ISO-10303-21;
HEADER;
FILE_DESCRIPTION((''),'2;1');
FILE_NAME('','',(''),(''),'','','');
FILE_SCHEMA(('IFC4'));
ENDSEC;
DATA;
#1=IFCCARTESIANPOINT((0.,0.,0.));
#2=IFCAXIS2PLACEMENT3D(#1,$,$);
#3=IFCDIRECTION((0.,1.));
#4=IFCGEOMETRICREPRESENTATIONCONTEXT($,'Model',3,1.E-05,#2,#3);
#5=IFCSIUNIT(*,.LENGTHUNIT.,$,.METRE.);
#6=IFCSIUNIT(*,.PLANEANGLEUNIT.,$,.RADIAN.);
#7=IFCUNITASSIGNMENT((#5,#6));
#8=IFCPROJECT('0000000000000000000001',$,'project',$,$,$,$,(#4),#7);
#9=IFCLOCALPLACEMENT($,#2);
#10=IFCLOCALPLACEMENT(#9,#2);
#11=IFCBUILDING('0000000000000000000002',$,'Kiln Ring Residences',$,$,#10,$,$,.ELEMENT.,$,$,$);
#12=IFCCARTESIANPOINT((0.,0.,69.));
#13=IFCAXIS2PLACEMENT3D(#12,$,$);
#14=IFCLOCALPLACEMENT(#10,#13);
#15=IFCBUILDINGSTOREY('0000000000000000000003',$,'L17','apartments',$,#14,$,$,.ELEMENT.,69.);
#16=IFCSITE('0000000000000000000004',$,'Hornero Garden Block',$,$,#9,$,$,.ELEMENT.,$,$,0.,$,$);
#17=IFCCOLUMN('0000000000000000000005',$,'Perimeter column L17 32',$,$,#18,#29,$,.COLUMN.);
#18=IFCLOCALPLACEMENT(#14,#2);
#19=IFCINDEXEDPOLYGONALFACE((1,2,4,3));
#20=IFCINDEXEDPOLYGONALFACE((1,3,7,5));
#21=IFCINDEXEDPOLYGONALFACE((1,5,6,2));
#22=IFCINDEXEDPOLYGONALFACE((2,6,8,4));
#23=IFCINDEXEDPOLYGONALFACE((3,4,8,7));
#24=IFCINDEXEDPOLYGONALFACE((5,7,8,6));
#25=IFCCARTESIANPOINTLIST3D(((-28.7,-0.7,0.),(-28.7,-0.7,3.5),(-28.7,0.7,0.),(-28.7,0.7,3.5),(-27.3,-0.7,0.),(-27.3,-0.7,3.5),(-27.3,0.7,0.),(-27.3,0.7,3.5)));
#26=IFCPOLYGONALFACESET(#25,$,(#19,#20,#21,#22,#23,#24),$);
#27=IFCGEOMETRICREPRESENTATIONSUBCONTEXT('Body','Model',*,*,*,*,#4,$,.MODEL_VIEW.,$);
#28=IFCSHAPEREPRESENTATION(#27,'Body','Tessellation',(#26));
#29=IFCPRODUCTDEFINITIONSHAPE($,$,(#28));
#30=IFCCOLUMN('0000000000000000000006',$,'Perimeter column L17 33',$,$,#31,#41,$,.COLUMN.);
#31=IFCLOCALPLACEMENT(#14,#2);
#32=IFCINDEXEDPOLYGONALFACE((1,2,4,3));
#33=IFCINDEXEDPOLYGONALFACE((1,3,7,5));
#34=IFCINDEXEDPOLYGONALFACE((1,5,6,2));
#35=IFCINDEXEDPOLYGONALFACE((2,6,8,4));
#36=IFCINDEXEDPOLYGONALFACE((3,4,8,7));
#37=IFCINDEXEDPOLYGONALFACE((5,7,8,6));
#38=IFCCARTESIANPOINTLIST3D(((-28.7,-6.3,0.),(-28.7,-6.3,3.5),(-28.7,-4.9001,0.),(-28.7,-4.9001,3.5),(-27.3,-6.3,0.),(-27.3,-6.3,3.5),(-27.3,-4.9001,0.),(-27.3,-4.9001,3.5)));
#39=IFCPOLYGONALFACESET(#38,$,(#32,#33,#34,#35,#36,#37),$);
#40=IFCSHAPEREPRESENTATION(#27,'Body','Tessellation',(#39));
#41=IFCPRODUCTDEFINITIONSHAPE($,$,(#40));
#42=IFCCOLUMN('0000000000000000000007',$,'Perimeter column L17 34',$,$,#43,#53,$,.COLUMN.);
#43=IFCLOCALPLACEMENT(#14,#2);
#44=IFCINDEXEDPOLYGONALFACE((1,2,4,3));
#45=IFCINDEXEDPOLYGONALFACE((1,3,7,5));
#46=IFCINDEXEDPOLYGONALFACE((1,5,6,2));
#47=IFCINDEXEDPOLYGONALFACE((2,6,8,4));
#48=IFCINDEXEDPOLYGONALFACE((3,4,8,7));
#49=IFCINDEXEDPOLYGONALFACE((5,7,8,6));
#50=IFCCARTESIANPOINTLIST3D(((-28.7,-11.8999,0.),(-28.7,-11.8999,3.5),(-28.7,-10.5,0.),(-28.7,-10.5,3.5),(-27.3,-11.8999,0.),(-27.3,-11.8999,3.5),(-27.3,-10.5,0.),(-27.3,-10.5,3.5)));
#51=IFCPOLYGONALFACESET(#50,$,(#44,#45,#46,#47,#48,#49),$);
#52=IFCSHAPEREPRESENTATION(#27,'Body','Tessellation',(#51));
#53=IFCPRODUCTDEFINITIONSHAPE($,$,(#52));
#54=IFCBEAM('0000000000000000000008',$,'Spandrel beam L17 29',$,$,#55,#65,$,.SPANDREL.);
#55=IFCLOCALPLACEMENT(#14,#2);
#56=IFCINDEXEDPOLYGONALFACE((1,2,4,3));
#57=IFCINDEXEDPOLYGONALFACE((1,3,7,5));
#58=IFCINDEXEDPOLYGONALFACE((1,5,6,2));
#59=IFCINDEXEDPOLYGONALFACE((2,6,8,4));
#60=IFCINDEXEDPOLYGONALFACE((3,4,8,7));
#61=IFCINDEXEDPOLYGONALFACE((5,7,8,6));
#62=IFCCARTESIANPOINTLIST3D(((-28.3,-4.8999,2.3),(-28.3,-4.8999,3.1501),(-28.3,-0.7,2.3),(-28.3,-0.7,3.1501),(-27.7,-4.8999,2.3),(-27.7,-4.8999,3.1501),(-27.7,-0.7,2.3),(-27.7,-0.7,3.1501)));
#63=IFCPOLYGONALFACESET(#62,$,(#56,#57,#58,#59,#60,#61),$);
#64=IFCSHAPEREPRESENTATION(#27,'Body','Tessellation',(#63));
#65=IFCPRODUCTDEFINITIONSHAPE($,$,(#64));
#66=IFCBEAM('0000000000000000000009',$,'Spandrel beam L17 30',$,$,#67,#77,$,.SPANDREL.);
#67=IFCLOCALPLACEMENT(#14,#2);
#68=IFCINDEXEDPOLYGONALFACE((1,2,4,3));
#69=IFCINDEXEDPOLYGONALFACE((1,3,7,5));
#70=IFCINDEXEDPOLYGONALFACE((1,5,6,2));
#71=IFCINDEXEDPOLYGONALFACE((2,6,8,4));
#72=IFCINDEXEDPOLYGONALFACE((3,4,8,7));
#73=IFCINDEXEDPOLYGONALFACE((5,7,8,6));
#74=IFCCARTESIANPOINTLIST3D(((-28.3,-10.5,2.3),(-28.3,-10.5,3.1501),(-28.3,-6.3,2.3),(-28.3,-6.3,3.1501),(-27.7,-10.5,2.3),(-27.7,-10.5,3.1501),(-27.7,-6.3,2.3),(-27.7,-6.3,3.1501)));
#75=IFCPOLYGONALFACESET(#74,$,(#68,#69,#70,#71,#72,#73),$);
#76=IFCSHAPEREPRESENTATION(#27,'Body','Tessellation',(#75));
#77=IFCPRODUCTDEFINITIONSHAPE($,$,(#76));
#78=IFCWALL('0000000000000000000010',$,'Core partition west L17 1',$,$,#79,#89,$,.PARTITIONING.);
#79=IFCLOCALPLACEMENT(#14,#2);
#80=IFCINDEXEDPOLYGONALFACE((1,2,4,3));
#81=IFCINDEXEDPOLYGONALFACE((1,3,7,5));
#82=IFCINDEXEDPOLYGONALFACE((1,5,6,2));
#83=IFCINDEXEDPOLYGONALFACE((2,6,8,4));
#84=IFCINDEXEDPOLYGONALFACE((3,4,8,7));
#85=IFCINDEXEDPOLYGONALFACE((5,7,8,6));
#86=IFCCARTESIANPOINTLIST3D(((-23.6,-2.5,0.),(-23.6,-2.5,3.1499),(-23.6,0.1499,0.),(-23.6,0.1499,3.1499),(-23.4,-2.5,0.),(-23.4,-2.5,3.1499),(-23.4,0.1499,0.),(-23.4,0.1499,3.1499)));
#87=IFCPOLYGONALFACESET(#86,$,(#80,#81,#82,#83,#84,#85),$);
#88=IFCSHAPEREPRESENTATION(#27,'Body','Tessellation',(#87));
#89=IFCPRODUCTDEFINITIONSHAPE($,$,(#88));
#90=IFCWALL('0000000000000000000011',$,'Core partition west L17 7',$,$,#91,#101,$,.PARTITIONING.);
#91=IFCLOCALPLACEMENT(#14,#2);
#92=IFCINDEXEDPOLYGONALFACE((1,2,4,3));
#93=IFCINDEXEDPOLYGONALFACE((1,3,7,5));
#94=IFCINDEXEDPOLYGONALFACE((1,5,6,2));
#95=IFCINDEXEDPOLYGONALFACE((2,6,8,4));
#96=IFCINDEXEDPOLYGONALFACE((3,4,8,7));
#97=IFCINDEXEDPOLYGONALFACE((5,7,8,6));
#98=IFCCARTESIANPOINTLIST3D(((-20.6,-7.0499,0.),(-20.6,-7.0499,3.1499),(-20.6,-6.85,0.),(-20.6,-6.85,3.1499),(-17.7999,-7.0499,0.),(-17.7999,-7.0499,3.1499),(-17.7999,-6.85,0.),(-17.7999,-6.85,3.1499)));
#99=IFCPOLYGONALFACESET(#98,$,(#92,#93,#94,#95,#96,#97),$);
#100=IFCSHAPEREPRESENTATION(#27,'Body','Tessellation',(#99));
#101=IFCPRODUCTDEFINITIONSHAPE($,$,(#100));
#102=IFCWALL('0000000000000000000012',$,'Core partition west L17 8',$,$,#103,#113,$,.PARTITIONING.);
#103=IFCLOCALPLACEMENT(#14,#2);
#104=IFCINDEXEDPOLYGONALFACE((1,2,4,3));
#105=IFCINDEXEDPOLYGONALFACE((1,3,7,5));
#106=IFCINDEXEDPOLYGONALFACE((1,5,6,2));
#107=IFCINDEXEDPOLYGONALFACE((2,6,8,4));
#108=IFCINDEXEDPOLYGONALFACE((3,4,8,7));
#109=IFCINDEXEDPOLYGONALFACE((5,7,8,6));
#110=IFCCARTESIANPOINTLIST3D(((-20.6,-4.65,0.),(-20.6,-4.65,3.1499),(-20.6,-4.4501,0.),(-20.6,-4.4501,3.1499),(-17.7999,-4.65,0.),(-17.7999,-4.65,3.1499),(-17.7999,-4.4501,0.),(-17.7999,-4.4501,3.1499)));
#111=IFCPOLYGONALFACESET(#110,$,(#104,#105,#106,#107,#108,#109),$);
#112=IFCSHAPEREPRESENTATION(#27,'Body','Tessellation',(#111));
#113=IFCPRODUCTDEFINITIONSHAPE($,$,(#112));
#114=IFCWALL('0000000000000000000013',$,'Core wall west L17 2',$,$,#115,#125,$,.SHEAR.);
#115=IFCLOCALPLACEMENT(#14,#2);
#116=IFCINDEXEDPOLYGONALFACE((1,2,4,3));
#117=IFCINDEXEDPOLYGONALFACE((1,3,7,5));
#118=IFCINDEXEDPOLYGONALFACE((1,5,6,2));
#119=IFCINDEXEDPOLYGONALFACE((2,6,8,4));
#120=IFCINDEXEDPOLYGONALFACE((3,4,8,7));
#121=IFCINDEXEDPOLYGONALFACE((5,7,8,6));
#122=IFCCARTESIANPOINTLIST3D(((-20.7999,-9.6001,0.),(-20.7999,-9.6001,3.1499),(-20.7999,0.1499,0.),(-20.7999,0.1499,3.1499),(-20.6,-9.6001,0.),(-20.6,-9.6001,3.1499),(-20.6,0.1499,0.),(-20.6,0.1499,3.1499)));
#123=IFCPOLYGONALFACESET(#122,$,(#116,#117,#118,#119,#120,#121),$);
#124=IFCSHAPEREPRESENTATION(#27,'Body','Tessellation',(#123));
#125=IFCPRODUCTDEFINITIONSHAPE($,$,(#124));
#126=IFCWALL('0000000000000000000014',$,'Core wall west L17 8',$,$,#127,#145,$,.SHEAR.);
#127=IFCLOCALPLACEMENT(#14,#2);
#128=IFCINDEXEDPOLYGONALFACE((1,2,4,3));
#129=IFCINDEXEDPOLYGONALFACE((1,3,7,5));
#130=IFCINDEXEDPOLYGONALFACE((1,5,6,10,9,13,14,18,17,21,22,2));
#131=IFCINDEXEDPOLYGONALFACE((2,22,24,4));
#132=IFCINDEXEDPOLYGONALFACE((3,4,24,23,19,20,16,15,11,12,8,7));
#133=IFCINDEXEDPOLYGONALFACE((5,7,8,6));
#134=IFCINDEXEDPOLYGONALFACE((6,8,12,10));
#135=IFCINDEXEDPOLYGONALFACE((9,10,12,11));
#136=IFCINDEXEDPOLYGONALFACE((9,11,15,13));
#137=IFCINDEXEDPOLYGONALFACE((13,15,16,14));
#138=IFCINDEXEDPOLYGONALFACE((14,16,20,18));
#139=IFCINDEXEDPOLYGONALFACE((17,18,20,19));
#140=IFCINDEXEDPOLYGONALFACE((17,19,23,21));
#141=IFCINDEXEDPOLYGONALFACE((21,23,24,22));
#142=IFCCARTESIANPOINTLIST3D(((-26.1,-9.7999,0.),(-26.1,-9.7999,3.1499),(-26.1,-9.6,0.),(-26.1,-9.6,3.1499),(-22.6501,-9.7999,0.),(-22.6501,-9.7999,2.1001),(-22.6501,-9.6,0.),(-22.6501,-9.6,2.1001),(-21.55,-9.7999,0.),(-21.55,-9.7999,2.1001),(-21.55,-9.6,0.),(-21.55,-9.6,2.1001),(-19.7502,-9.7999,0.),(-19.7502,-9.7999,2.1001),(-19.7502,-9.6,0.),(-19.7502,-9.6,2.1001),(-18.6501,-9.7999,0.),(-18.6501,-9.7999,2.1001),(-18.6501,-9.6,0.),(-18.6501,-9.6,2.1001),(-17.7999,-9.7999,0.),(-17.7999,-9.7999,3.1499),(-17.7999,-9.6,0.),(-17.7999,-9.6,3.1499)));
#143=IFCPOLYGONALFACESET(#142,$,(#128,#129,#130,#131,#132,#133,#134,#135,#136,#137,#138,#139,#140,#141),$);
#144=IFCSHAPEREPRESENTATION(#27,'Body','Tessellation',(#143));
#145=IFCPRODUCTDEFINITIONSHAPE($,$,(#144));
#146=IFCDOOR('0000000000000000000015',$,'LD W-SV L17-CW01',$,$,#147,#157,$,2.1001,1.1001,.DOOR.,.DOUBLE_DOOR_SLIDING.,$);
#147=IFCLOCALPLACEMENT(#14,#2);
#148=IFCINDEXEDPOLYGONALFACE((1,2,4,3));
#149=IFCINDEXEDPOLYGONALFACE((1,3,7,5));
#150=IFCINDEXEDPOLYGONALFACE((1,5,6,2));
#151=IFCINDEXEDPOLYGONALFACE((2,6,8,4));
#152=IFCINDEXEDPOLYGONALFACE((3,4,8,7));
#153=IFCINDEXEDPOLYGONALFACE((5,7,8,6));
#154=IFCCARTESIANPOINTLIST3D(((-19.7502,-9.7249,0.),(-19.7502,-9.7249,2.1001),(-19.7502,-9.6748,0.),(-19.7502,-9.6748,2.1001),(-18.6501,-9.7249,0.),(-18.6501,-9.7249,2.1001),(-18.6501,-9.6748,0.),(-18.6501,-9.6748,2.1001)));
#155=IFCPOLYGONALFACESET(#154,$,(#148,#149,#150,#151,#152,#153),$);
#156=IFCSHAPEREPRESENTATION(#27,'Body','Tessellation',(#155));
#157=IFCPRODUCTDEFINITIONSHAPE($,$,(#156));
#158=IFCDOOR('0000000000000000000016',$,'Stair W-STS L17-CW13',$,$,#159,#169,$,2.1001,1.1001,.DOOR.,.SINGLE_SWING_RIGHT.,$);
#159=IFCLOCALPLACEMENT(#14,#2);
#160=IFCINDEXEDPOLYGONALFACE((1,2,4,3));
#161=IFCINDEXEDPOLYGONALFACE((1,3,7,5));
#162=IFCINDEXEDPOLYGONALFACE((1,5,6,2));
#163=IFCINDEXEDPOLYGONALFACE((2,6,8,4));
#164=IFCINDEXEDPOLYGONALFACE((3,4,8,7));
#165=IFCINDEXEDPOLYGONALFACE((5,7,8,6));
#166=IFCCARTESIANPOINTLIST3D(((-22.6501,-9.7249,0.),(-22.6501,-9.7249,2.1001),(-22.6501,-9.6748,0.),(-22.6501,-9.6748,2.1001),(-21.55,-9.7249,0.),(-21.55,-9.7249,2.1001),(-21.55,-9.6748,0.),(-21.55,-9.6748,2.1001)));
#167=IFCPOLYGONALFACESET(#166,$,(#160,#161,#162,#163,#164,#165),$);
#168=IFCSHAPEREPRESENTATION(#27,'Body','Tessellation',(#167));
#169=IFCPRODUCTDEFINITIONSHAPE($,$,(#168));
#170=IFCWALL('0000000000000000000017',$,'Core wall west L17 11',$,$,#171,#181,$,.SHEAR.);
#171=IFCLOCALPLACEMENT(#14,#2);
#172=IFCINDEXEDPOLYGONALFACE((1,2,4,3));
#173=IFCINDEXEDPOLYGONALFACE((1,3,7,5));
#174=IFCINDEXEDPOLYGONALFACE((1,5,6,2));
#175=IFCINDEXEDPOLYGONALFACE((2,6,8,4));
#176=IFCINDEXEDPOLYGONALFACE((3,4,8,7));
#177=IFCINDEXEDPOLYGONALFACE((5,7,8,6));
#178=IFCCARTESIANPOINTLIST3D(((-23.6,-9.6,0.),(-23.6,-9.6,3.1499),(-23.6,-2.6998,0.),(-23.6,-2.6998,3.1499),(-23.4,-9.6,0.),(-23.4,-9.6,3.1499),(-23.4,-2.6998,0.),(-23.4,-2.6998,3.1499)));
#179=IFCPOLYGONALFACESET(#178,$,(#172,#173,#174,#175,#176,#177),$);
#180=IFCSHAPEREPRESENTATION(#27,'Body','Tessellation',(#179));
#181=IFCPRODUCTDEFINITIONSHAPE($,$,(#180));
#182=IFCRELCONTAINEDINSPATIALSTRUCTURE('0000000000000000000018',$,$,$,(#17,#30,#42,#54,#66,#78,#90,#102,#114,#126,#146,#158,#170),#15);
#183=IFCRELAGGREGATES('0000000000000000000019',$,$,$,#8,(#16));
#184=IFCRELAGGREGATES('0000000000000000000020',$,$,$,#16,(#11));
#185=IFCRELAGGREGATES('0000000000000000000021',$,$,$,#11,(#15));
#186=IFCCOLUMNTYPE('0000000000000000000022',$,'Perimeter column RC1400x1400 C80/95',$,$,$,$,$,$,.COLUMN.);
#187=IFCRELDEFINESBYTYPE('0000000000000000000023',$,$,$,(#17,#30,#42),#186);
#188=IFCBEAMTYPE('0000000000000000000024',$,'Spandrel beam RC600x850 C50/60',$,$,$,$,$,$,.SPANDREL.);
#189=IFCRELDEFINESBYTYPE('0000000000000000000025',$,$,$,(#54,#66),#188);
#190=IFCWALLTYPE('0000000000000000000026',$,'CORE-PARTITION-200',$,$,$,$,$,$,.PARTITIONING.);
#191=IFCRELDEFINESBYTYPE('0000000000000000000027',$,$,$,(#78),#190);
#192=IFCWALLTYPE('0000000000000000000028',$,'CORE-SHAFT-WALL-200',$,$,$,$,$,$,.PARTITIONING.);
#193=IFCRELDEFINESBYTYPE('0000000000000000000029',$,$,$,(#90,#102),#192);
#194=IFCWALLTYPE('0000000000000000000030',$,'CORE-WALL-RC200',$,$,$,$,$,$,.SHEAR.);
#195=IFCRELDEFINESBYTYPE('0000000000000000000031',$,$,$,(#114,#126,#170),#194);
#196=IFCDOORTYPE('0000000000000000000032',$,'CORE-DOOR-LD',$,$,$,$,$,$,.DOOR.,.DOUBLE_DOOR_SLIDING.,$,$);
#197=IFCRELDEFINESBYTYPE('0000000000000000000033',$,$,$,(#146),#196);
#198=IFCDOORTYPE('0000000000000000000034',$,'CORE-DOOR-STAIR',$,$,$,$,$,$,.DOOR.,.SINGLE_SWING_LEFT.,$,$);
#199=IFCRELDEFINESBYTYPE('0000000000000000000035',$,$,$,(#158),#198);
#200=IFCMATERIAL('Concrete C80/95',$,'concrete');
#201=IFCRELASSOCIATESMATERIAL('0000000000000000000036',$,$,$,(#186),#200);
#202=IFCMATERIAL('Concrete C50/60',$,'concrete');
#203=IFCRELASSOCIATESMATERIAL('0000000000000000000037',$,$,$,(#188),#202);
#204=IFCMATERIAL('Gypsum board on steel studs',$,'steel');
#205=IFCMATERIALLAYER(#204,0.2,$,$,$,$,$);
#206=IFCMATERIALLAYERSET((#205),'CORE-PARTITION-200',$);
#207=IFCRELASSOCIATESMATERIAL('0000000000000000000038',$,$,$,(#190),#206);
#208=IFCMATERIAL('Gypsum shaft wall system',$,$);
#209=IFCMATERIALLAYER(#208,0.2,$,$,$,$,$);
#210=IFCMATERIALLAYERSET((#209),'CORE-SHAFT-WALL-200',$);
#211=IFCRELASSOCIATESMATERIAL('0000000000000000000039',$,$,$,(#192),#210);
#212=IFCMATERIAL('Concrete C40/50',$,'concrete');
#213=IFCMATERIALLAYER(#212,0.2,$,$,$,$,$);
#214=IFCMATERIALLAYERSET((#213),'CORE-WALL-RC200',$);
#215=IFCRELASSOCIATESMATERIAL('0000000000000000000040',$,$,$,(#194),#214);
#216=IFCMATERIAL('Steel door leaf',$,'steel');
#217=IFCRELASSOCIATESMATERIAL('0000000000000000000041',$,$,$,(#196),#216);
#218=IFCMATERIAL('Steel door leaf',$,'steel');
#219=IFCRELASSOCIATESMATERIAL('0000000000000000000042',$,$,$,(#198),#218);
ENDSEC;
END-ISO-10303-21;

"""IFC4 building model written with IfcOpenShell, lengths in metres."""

from ifc_helpers import new_model, si_unit, direction, frame, frame_2d, origin, origin_2d, place, context, subcontext, project, spatial, rectangle, extrude, material, layer, layer_set, material_profile, profile_set, type_object, element, fill, save


model = new_model("IFC4")

# Units and contexts
model_context = context("Model", 3, precision=1e-05, world=origin(), true_north=direction((0.0, 1.0)))
body_context = subcontext(model_context, "Body", "Model", "MODEL_VIEW")
ifc_project = project(units=[si_unit("LENGTHUNIT", "METRE"), si_unit("PLANEANGLEUNIT", "RADIAN")], contexts=[model_context])

# Site, building, storey
site_placement = place(None, origin())
site = spatial("IfcSite", under=ifc_project, at=site_placement, Name="Hornero Garden Block", CompositionType="ELEMENT", RefElevation=0.0)
building_placement = place(site_placement, origin())
building = spatial("IfcBuilding", under=site, at=building_placement, Name="Kiln Ring Residences", CompositionType="ELEMENT")
storey_placement = place(building_placement, frame((0.0, 0.0, 69.0)))
storey = spatial("IfcBuildingStorey", under=building, at=storey_placement, Name="L17", Description="apartments", CompositionType="ELEMENT", Elevation=69.0)

# Columns
ifc_material_1 = material(Name="Concrete C80/95", Category="concrete")
ifc_material_profile_1 = material_profile(ifc_material_1, rectangle(XDim=1.3999, YDim=1.3999, at=origin_2d()), Name="RC1400x1400")
ifc_profile_set_1 = profile_set([ifc_material_profile_1], Name="Concrete C80/95")
column_type = type_object("IfcColumnType", Name="Perimeter column RC1400x1400 C80/95", PredefinedType="COLUMN", material=ifc_profile_set_1)
for number, where, z_axis, x_axis, name in (
    (1, (-28.0, 0.0, 0.0), (0.0, 0.0, 1.0), (1.0, 0.0, 0.0), "Perimeter column L17 32"),
    (2, (-28.0, -5.6001, 0.0), (0.0, 0.0, 1.0), (1.0, 0.0, 0.0), "Perimeter column L17 33"),
    (3, (-28.0, -11.2, 0.0), (0.0, 0.0, 1.0), (1.0, 0.0, 0.0), "Perimeter column L17 34"),
):
    element("IfcColumn", number, at=place(storey_placement, frame(where, z_axis=z_axis, x_axis=x_axis)), inside=storey, type_object=column_type, Name=name, PredefinedType="COLUMN", context=body_context, shape_type="SweptSolid", body=[
        extrude(rectangle(XDim=1.3999, YDim=1.3999, at=origin_2d()), origin(), (0.0, 0.0, 1.0), 3.5),
    ])

# Beams
ifc_material_2 = material(Name="Concrete C50/60", Category="concrete")
ifc_material_profile_2 = material_profile(ifc_material_2, rectangle(XDim=0.6001, YDim=0.8501, at=origin_2d()), Name="RC600x850")
ifc_profile_set_2 = profile_set([ifc_material_profile_2], Name="Concrete C50/60")
beam_type = type_object("IfcBeamType", Name="Spandrel beam RC600x850 C50/60", PredefinedType="SPANDREL", material=ifc_profile_set_2)
for number, where, z_axis, x_axis, name in (
    (4, (-28.0, -0.7, 2.7251), (0.0, -1.0, 0.0), (1.0, 0.0, 0.0), "Spandrel beam L17 29"),
    (5, (-28.0, -6.3, 2.7251), (0.0, -1.0, 0.0), (1.0, 0.0, 0.0), "Spandrel beam L17 30"),
):
    element("IfcBeam", number, at=place(storey_placement, frame(where, z_axis=z_axis, x_axis=x_axis)), inside=storey, type_object=beam_type, Name=name, PredefinedType="SPANDREL", context=body_context, shape_type="SweptSolid", body=[
        extrude(rectangle(XDim=0.6001, YDim=0.8501, at=origin_2d()), origin(), (0.0, 0.0, 1.0), 4.2),
    ])

# Walls
ifc_material_3 = material(Name="Gypsum board on steel studs", Category="steel")
ifc_layer_1 = layer(ifc_material_3, 0.2)
ifc_layer_set_1 = layer_set([ifc_layer_1], Name="CORE-PARTITION-200")
wall_type_1 = type_object("IfcWallType", Name="CORE-PARTITION-200", PredefinedType="PARTITIONING", material=ifc_layer_set_1)
wall_1_placement = place(storey_placement, frame((-23.5, -2.5, 0.0), z_axis=(0.0, 0.0, 1.0), x_axis=(0.0, 1.0, 0.0)))
element("IfcWall", 6, at=wall_1_placement, inside=storey, type_object=wall_type_1, Name="Core partition west L17 1", PredefinedType="PARTITIONING", context=body_context, shape_type="SweptSolid", body=[
    extrude(rectangle(XDim=2.6499, YDim=0.2, at=frame_2d((1.325, 0.0))), origin(), (0.0, 0.0, 1.0), 3.1499),
])
ifc_material_4 = material(Name="Gypsum shaft wall system")
ifc_layer_2 = layer(ifc_material_4, 0.2)
ifc_layer_set_2 = layer_set([ifc_layer_2], Name="CORE-SHAFT-WALL-200")
wall_type_2 = type_object("IfcWallType", Name="CORE-SHAFT-WALL-200", PredefinedType="PARTITIONING", material=ifc_layer_set_2)
for number, where, z_axis, x_axis, name in (
    (7, (-17.8, -6.95, 0.0), (0.0, 0.0, 1.0), (-1.0, 0.0, 0.0), "Core partition west L17 7"),
    (8, (-17.8, -4.55, 0.0), (0.0, 0.0, 1.0), (-1.0, 0.0, 0.0), "Core partition west L17 8"),
):
    element("IfcWall", number, at=place(storey_placement, frame(where, z_axis=z_axis, x_axis=x_axis)), inside=storey, type_object=wall_type_2, Name=name, PredefinedType="PARTITIONING", context=body_context, shape_type="SweptSolid", body=[
        extrude(rectangle(XDim=2.8, YDim=0.2, at=frame_2d((1.3999, 0.0))), origin(), (0.0, 0.0, 1.0), 3.1499),
    ])
ifc_material_5 = material(Name="Concrete C40/50", Category="concrete")
ifc_layer_3 = layer(ifc_material_5, 0.2)
ifc_layer_set_3 = layer_set([ifc_layer_3], Name="CORE-WALL-RC200")
wall_type_3 = type_object("IfcWallType", Name="CORE-WALL-RC200", PredefinedType="SHEAR", material=ifc_layer_set_3)
wall_2_placement = place(storey_placement, frame((-20.7, -9.6001, 0.0), z_axis=(0.0, 0.0, 1.0), x_axis=(0.0, 1.0, 0.0)))
element("IfcWall", 9, at=wall_2_placement, inside=storey, type_object=wall_type_3, Name="Core wall west L17 2", PredefinedType="SHEAR", context=body_context, shape_type="SweptSolid", body=[
    extrude(rectangle(XDim=9.75, YDim=0.2, at=frame_2d((4.875, 0.0))), origin(), (0.0, 0.0, 1.0), 3.1499),
])

# Wall, openings, doors
wall_3_placement = place(storey_placement, frame((-17.8, -9.7, 0.0), z_axis=(0.0, 0.0, 1.0), x_axis=(-1.0, 0.0, 0.0)))
wall_3 = element("IfcWall", 10, at=wall_3_placement, inside=storey, type_object=wall_type_3, Name="Core wall west L17 8", PredefinedType="SHEAR", context=body_context, shape_type="SweptSolid", body=[
    extrude(rectangle(XDim=8.3, YDim=0.2, at=frame_2d((4.1499, 0.0))), origin(), (0.0, 0.0, 1.0), 3.1499),
])
opening_1_placement = place(wall_3_placement, frame((0.8501, 0.0, 0.0)))
opening_1 = element("IfcOpeningElement", 11, at=opening_1_placement, cuts=wall_3, PredefinedType="OPENING", context=body_context, shape_type="SweptSolid", body=[
    extrude(rectangle(XDim=1.1001, YDim=2.1001, at=frame_2d((0.55, 1.05))), frame((0.0, 0.1099, 0.0), z_axis=(0.0, -1.0, 0.0), x_axis=(1.0, 0.0, 0.0)), (0.0, 0.0, 1.0), 0.22),
])
opening_2_placement = place(wall_3_placement, frame((3.75, 0.0, 0.0)))
opening_2 = element("IfcOpeningElement", 12, at=opening_2_placement, cuts=wall_3, PredefinedType="OPENING", context=body_context, shape_type="SweptSolid", body=[
    extrude(rectangle(XDim=1.1001, YDim=2.1001, at=frame_2d((0.55, 1.05))), frame((0.0, 0.1099, 0.0), z_axis=(0.0, -1.0, 0.0), x_axis=(1.0, 0.0, 0.0)), (0.0, 0.0, 1.0), 0.22),
])
ifc_material_6 = material(Name="Steel door leaf", Category="steel")
door_type_1 = type_object("IfcDoorType", Name="CORE-DOOR-LD", OperationType="DOUBLE_DOOR_SLIDING", PredefinedType="DOOR", material=ifc_material_6)
door_1_placement = place(opening_1_placement, origin())
door_1 = element("IfcDoor", 13, at=door_1_placement, inside=storey, type_object=door_type_1, Name="LD W-SV L17-CW01", OperationType="DOUBLE_DOOR_SLIDING", OverallHeight=2.1001, OverallWidth=1.1001, PredefinedType="DOOR", context=body_context, shape_type="SweptSolid", body=[
    extrude(rectangle(XDim=1.1001, YDim=2.1001, at=frame_2d((0.55, 1.05))), frame((0.0, 0.0249, 0.0), z_axis=(0.0, -1.0, 0.0), x_axis=(1.0, 0.0, 0.0)), (0.0, 0.0, 1.0), 0.05),
])
fill(opening_1, door_1)
ifc_material_7 = material(Name="Steel door leaf", Category="steel")
door_type_2 = type_object("IfcDoorType", Name="CORE-DOOR-STAIR", OperationType="SINGLE_SWING_LEFT", PredefinedType="DOOR", material=ifc_material_7)
door_2_placement = place(opening_2_placement, origin())
door_2 = element("IfcDoor", 14, at=door_2_placement, inside=storey, type_object=door_type_2, Name="Stair W-STS L17-CW13", OperationType="SINGLE_SWING_RIGHT", OverallHeight=2.1001, OverallWidth=1.1001, PredefinedType="DOOR", context=body_context, shape_type="SweptSolid", body=[
    extrude(rectangle(XDim=1.1001, YDim=2.1001, at=frame_2d((0.55, 1.05))), frame((0.0, 0.0249, 0.0), z_axis=(0.0, -1.0, 0.0), x_axis=(1.0, 0.0, 0.0)), (0.0, 0.0, 1.0), 0.05),
])
fill(opening_2, door_2)

# Wall
wall_4_placement = place(storey_placement, frame((-23.5, -9.6001, 0.0), z_axis=(0.0, 0.0, 1.0), x_axis=(0.0, 1.0, 0.0)))
element("IfcWall", 15, at=wall_4_placement, inside=storey, type_object=wall_type_3, Name="Core wall west L17 11", PredefinedType="SHEAR", context=body_context, shape_type="SweptSolid", body=[
    extrude(rectangle(XDim=6.9001, YDim=0.2, at=frame_2d((3.4502, 0.0))), origin(), (0.0, 0.0, 1.0), 3.1499),
])

save(model, "model.ifc")
